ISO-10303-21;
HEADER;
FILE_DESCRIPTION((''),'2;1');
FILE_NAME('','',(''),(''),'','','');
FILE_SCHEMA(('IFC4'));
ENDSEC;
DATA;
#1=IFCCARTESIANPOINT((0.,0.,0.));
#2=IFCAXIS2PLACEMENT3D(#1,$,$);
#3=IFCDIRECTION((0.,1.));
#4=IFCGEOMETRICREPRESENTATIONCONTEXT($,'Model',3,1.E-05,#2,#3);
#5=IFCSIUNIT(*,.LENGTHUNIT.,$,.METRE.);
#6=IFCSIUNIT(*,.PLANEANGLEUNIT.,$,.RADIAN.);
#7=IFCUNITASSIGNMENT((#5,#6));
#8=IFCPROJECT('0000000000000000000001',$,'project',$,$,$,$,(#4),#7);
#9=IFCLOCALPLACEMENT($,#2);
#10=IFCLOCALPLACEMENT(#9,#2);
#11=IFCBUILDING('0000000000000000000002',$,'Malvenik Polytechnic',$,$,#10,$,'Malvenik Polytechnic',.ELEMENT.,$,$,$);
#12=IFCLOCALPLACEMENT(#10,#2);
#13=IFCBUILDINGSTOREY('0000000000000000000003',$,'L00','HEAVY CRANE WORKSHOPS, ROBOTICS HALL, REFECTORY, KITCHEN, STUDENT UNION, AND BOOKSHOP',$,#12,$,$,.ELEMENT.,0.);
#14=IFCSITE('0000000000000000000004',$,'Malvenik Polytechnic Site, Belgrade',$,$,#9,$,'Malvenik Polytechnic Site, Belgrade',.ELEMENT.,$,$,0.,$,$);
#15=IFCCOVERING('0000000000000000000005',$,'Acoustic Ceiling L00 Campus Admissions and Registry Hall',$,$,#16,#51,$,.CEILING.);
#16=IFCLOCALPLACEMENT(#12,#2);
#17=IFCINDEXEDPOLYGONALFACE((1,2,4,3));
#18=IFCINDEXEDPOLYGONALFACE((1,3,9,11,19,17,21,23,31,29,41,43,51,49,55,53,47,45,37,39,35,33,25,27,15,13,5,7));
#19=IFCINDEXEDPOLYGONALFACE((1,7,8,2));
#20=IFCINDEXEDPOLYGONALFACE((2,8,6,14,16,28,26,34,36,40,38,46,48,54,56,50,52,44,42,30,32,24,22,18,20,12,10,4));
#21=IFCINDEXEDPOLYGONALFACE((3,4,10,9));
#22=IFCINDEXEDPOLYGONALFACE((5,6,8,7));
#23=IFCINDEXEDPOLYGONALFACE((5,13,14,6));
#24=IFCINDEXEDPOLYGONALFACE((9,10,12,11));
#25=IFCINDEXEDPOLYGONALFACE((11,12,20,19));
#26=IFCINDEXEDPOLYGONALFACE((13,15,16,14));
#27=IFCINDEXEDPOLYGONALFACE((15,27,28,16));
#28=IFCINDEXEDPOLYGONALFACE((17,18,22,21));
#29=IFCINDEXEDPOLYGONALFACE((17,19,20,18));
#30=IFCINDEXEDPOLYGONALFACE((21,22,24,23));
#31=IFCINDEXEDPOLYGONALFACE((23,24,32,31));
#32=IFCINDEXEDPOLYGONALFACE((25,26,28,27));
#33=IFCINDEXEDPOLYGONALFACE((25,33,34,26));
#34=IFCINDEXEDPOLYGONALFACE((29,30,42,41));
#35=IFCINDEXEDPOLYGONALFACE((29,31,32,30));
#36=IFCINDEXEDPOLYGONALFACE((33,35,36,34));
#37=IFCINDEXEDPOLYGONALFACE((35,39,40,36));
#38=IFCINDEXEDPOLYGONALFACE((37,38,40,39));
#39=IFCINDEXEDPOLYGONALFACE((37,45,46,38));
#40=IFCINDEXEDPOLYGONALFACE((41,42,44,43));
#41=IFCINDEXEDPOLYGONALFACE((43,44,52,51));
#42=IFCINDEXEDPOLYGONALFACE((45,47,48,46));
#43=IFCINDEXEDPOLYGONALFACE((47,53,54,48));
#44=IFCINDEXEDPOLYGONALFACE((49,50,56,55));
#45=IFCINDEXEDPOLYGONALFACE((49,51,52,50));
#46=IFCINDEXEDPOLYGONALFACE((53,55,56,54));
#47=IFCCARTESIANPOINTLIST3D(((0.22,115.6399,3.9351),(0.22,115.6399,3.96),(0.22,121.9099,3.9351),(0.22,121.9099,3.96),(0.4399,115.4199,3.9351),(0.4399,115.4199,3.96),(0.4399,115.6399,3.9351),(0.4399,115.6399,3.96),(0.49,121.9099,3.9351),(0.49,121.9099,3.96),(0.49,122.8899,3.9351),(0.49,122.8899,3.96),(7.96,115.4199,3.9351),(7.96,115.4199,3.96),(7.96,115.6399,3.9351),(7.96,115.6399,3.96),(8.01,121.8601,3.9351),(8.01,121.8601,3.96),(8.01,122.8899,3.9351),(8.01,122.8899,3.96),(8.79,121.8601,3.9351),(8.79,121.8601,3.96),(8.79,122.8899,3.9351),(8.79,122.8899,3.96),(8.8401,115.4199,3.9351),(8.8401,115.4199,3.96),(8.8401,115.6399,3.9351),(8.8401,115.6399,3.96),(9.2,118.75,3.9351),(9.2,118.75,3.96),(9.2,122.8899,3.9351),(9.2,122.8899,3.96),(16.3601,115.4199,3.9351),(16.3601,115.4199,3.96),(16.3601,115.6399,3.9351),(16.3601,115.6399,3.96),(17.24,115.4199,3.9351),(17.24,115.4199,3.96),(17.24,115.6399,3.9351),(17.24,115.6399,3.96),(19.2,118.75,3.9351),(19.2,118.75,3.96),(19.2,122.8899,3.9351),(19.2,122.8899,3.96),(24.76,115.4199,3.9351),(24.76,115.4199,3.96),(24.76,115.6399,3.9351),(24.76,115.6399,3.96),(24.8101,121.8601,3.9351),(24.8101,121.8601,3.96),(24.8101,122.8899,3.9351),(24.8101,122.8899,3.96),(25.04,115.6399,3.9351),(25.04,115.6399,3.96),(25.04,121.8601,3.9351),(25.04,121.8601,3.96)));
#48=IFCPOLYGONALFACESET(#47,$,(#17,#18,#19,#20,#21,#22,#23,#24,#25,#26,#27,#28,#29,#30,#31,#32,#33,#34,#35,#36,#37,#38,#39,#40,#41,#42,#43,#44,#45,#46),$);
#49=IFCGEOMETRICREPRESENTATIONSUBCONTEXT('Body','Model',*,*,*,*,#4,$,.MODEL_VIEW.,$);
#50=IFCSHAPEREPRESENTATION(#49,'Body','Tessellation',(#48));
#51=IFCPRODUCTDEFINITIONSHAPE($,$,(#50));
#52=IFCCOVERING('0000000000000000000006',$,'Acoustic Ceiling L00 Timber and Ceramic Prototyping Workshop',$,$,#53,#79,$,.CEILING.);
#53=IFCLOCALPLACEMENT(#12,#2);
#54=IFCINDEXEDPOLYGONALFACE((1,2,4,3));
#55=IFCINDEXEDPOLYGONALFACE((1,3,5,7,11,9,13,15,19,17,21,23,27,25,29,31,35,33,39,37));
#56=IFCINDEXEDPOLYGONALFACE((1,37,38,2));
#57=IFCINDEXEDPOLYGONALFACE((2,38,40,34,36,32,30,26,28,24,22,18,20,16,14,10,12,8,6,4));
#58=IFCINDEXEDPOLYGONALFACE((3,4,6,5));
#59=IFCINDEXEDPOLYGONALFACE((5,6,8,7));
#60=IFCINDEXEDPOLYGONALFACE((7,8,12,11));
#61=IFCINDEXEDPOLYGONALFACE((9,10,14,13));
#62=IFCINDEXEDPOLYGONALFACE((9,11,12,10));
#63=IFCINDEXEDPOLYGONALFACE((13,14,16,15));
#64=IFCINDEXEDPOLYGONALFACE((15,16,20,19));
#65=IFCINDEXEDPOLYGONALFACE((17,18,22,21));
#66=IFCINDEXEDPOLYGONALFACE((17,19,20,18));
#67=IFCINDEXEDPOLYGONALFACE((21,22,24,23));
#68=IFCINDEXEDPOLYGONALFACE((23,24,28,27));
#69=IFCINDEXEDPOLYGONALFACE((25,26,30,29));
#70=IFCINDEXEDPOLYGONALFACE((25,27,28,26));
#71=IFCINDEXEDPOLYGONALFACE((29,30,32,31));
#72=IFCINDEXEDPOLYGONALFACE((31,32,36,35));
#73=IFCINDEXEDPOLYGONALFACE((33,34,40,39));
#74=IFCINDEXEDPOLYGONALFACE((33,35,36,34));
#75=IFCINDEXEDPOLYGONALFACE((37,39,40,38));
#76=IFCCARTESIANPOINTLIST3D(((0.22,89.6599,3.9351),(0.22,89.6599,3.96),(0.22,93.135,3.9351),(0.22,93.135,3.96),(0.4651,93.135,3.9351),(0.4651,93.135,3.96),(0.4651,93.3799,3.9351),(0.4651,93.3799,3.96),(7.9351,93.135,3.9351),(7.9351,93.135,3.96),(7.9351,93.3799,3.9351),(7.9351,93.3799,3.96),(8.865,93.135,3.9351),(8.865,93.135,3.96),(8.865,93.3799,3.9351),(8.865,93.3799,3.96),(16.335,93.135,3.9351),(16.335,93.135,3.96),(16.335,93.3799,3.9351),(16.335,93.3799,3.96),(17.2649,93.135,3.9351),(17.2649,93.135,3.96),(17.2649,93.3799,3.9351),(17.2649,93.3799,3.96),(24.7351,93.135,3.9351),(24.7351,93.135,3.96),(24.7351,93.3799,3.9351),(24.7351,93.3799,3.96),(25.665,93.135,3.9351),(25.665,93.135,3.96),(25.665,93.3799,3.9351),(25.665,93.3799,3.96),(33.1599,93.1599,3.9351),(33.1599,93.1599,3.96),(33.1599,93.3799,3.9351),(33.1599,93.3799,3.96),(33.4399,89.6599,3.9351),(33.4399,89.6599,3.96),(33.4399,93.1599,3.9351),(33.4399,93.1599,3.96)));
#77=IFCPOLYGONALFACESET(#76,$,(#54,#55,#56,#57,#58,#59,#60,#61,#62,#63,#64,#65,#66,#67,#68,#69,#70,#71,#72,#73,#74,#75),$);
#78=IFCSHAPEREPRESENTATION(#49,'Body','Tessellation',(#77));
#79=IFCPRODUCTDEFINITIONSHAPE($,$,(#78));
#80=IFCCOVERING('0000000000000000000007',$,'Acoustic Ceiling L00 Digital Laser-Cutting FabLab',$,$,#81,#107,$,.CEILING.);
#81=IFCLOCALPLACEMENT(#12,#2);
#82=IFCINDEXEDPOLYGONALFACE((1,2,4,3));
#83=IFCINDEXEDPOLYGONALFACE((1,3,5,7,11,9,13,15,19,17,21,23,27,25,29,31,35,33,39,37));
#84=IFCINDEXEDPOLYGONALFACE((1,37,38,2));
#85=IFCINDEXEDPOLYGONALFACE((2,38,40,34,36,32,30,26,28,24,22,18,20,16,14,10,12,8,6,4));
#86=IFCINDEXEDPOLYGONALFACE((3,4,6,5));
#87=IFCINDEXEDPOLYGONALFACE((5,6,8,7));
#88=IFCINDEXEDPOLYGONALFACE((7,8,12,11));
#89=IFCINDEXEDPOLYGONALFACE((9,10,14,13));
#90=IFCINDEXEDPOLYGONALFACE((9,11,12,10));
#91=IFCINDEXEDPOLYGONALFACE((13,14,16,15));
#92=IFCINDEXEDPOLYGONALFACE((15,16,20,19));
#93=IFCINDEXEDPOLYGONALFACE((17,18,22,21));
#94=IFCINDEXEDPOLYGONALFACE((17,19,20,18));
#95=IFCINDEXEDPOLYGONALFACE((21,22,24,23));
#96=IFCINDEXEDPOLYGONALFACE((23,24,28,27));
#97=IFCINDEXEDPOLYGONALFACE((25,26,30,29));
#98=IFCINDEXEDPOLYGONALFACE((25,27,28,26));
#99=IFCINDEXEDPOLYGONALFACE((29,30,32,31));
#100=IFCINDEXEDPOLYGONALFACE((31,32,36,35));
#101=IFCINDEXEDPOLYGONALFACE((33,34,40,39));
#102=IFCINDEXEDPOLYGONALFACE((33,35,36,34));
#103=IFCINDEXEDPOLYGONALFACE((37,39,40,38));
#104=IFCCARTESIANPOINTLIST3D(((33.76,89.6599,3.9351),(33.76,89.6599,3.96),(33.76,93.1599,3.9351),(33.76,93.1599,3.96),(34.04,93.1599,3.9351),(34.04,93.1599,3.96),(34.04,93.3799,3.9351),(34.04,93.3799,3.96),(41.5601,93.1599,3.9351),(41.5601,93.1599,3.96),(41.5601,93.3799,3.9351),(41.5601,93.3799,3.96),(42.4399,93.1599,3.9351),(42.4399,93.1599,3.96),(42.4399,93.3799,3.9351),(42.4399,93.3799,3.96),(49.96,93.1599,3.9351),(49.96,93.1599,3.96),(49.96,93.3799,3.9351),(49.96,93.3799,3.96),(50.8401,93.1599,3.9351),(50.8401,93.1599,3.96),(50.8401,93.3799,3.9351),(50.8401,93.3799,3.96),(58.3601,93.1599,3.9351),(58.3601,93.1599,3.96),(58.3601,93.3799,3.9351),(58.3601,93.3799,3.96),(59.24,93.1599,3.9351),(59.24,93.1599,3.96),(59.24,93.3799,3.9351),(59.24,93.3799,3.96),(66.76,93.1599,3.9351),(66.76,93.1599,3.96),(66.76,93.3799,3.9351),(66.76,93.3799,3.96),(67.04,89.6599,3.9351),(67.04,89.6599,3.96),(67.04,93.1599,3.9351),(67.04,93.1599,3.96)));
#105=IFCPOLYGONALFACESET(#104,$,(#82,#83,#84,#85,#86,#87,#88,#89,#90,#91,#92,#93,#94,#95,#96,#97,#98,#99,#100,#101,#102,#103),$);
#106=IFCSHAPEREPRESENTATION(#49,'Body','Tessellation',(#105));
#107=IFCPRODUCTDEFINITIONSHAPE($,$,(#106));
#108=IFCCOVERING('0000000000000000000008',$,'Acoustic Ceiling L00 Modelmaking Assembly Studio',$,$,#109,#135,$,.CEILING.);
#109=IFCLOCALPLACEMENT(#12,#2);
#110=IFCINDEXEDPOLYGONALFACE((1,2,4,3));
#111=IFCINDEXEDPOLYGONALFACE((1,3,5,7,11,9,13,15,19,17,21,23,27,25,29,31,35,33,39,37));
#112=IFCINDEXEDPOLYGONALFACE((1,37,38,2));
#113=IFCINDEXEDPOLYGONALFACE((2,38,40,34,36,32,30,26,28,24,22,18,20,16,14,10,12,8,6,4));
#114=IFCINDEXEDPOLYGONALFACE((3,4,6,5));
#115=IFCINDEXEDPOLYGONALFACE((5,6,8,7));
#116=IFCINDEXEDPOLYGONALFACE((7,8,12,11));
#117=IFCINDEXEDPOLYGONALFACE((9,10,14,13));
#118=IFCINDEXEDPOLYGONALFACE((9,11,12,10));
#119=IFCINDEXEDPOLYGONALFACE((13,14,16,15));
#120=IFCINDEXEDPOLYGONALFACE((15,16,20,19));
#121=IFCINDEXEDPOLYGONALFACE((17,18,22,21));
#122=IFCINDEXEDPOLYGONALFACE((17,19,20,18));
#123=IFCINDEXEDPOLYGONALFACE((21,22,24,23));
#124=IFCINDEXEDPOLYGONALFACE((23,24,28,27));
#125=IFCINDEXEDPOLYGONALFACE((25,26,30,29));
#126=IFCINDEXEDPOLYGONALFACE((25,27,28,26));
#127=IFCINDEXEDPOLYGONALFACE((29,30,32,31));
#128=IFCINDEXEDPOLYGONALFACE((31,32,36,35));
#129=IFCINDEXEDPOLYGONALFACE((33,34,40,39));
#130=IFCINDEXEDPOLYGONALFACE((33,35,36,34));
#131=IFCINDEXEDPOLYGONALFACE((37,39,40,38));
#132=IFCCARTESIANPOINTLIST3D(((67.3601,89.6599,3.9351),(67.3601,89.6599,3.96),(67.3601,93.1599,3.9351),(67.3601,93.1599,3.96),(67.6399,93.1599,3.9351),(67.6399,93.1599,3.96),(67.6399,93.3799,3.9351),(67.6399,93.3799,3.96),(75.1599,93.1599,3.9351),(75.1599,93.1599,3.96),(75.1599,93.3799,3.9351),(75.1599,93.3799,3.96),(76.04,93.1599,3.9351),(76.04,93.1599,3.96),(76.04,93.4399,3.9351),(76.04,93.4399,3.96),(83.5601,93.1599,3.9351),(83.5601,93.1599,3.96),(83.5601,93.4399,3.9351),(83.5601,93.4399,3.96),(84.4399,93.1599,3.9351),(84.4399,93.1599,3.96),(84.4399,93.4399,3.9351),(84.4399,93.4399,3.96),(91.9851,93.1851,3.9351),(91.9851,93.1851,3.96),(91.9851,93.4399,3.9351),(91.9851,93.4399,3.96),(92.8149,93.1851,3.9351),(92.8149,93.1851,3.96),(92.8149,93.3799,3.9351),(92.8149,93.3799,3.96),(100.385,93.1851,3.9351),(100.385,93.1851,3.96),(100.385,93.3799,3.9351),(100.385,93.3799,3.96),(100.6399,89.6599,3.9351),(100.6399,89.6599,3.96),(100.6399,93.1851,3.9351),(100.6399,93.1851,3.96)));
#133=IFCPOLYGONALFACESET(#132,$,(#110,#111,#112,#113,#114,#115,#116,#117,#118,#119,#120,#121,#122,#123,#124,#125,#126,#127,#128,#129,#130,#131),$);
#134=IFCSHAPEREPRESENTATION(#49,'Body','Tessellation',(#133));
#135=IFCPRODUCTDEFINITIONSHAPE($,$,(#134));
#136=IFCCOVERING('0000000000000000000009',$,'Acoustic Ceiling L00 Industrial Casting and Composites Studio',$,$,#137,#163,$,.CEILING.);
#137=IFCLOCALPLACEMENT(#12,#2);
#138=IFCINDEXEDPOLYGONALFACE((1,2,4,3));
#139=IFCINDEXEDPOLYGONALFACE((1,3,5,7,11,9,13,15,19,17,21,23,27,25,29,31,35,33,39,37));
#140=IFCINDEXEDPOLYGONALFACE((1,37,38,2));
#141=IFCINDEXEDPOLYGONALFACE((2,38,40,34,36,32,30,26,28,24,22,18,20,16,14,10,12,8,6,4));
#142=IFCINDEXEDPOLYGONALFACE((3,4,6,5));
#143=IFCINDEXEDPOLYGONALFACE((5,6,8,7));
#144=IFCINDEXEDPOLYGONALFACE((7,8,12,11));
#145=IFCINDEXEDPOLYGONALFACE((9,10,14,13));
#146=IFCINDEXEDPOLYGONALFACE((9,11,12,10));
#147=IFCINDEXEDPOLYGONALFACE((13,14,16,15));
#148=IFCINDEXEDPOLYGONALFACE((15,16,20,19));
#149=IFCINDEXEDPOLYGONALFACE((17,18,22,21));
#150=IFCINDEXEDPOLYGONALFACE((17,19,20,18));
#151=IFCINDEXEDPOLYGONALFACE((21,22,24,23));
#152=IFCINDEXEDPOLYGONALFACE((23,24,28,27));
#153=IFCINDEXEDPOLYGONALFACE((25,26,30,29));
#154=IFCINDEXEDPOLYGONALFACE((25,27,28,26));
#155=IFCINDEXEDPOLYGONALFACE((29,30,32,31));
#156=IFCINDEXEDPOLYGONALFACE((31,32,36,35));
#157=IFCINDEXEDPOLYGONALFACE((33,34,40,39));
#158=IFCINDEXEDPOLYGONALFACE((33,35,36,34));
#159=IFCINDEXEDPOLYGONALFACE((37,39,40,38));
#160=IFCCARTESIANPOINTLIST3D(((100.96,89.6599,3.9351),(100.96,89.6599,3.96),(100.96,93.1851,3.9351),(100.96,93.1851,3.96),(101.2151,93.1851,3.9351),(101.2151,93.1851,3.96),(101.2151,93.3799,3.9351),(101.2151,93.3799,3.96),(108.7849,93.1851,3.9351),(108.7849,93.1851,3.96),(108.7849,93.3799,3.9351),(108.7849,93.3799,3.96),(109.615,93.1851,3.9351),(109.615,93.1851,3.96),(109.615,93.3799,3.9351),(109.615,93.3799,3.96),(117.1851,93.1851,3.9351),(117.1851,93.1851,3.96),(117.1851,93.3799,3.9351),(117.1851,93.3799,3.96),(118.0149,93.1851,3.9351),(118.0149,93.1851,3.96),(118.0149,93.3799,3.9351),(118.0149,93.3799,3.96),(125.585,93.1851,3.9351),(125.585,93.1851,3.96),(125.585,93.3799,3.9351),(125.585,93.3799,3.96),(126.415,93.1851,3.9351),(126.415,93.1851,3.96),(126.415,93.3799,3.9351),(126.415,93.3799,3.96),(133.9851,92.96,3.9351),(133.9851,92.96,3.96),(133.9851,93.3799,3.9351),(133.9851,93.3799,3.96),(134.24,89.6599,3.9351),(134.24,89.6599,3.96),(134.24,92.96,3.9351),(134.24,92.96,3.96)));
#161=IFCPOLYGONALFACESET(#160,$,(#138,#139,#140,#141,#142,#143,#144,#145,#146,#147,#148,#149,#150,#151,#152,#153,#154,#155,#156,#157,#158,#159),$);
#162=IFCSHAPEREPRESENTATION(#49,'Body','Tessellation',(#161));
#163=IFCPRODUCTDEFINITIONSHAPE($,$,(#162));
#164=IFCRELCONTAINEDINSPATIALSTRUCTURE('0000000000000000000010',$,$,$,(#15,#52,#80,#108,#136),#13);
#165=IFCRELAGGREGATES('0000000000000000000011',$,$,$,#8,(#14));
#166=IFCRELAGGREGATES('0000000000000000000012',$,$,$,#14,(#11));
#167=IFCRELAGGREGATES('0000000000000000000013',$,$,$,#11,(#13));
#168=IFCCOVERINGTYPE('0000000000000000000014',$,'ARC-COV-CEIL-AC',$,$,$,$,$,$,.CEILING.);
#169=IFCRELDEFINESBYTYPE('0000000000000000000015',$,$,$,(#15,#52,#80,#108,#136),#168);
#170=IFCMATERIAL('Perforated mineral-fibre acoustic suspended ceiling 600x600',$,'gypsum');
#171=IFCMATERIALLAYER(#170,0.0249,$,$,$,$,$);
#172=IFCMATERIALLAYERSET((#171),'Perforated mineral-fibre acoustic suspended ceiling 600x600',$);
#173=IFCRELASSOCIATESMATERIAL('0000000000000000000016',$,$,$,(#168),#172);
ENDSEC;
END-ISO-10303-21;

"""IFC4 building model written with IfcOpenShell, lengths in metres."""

from ifc_helpers import new_model, si_unit, direction, frame, origin, place, context, subcontext, project, spatial, polyline, outline, extrude, material, layer, layer_set, type_object, element, save


model = new_model("IFC4")

# Units and contexts
model_context = context("Model", 3, precision=1e-05, world=origin(), true_north=direction((0.0, 1.0)))
body_context = subcontext(model_context, "Body", "Model", "MODEL_VIEW")
ifc_project = project(units=[si_unit("LENGTHUNIT", "METRE"), si_unit("PLANEANGLEUNIT", "RADIAN")], contexts=[model_context])

# Site, building, storey
site_placement = place(None, origin())
site = spatial("IfcSite", under=ifc_project, at=site_placement, Name="Malvenik Polytechnic Site, Belgrade", LongName="Malvenik Polytechnic Site, Belgrade", CompositionType="ELEMENT", RefElevation=0.0)
building_placement = place(site_placement, origin())
building = spatial("IfcBuilding", under=site, at=building_placement, Name="Malvenik Polytechnic", LongName="Malvenik Polytechnic", CompositionType="ELEMENT")
storey_placement = place(building_placement, origin())
storey = spatial("IfcBuildingStorey", under=building, at=storey_placement, Name="L00", Description="HEAVY CRANE WORKSHOPS, ROBOTICS HALL, REFECTORY, KITCHEN, STUDENT UNION, AND BOOKSHOP", CompositionType="ELEMENT", Elevation=0.0)

# Coverings
ifc_material_1 = material(Name="Perforated mineral-fibre acoustic suspended ceiling 600x600", Category="gypsum")
ifc_layer_1 = layer(ifc_material_1, 0.0249)
ifc_layer_set_1 = layer_set([ifc_layer_1], Name="Perforated mineral-fibre acoustic suspended ceiling 600x600")
covering_type_1 = type_object("IfcCoveringType", Name="ARC-COV-CEIL-AC", PredefinedType="CEILING", material=ifc_layer_set_1)
covering_1_placement = place(storey_placement, frame((0.0, 0.0, 3.9351)))
element("IfcCovering", 1, at=covering_1_placement, inside=storey, type_object=covering_type_1, Name="Acoustic Ceiling L00 Campus Admissions and Registry Hall", PredefinedType="CEILING", context=body_context, shape_type="SweptSolid", body=[
    extrude(outline(polyline([(0.49, 122.8899), (8.01, 122.8899), (8.01, 121.8601), (8.79, 121.8601), (8.79, 122.8899), (9.2, 122.8899), (9.2, 118.75), (19.2, 118.75), (19.2, 122.8899), (24.8101, 122.8899), (24.8101, 121.8601), (25.04, 121.8601), (25.04, 115.6399), (24.76, 115.6399), (24.76, 115.4199), (17.24, 115.4199), (17.24, 115.6399), (16.3601, 115.6399), (16.3601, 115.4199), (8.8401, 115.4199), (8.8401, 115.6399), (7.96, 115.6399), (7.96, 115.4199), (0.4399, 115.4199), (0.4399, 115.6399), (0.22, 115.6399), (0.22, 121.9099), (0.49, 121.9099), (0.49, 122.8899)])), origin(), (0.0, 0.0, 1.0), 0.0249),
])
covering_2_placement = place(storey_placement, frame((0.0, 0.0, 3.9351)))
element("IfcCovering", 2, at=covering_2_placement, inside=storey, type_object=covering_type_1, Name="Acoustic Ceiling L00 Timber and Ceramic Prototyping Workshop", PredefinedType="CEILING", context=body_context, shape_type="SweptSolid", body=[
    extrude(outline(polyline([(0.22, 93.135), (0.4651, 93.135), (0.4651, 93.3799), (7.9351, 93.3799), (7.9351, 93.135), (8.865, 93.135), (8.865, 93.3799), (16.335, 93.3799), (16.335, 93.135), (17.2649, 93.135), (17.2649, 93.3799), (24.7351, 93.3799), (24.7351, 93.135), (25.665, 93.135), (25.665, 93.3799), (33.1599, 93.3799), (33.1599, 93.1599), (33.4399, 93.1599), (33.4399, 89.6599), (0.22, 89.6599), (0.22, 93.135)])), origin(), (0.0, 0.0, 1.0), 0.0249),
])
covering_3_placement = place(storey_placement, frame((0.0, 0.0, 3.9351)))
element("IfcCovering", 3, at=covering_3_placement, inside=storey, type_object=covering_type_1, Name="Acoustic Ceiling L00 Digital Laser-Cutting FabLab", PredefinedType="CEILING", context=body_context, shape_type="SweptSolid", body=[
    extrude(outline(polyline([(41.5601, 93.1599), (42.4399, 93.1599), (42.4399, 93.3799), (49.96, 93.3799), (49.96, 93.1599), (50.8401, 93.1599), (50.8401, 93.3799), (58.3601, 93.3799), (58.3601, 93.1599), (59.24, 93.1599), (59.24, 93.3799), (66.76, 93.3799), (66.76, 93.1599), (67.04, 93.1599), (67.04, 89.6599), (33.76, 89.6599), (33.76, 93.1599), (34.04, 93.1599), (34.04, 93.3799), (41.5601, 93.3799), (41.5601, 93.1599)])), origin(), (0.0, 0.0, 1.0), 0.0249),
])
covering_4_placement = place(storey_placement, frame((0.0, 0.0, 3.9351)))
element("IfcCovering", 4, at=covering_4_placement, inside=storey, type_object=covering_type_1, Name="Acoustic Ceiling L00 Modelmaking Assembly Studio", PredefinedType="CEILING", context=body_context, shape_type="SweptSolid", body=[
    extrude(outline(polyline([(75.1599, 93.1599), (76.04, 93.1599), (76.04, 93.4399), (83.5601, 93.4399), (83.5601, 93.1599), (84.4399, 93.1599), (84.4399, 93.4399), (91.9851, 93.4399), (91.9851, 93.1851), (92.8149, 93.1851), (92.8149, 93.3799), (100.385, 93.3799), (100.385, 93.1851), (100.6399, 93.1851), (100.6399, 89.6599), (67.3601, 89.6599), (67.3601, 93.1599), (67.6399, 93.1599), (67.6399, 93.3799), (75.1599, 93.3799), (75.1599, 93.1599)])), origin(), (0.0, 0.0, 1.0), 0.0249),
])
covering_5_placement = place(storey_placement, frame((0.0, 0.0, 3.9351)))
element("IfcCovering", 5, at=covering_5_placement, inside=storey, type_object=covering_type_1, Name="Acoustic Ceiling L00 Industrial Casting and Composites Studio", PredefinedType="CEILING", context=body_context, shape_type="SweptSolid", body=[
    extrude(outline(polyline([(108.7849, 93.1851), (109.615, 93.1851), (109.615, 93.3799), (117.1851, 93.3799), (117.1851, 93.1851), (118.0149, 93.1851), (118.0149, 93.3799), (125.585, 93.3799), (125.585, 93.1851), (126.415, 93.1851), (126.415, 93.3799), (133.9851, 93.3799), (133.9851, 92.96), (134.24, 92.96), (134.24, 89.6599), (100.96, 89.6599), (100.96, 93.1851), (101.2151, 93.1851), (101.2151, 93.3799), (108.7849, 93.3799), (108.7849, 93.1851)])), origin(), (0.0, 0.0, 1.0), 0.0249),
])

save(model, "model.ifc")
